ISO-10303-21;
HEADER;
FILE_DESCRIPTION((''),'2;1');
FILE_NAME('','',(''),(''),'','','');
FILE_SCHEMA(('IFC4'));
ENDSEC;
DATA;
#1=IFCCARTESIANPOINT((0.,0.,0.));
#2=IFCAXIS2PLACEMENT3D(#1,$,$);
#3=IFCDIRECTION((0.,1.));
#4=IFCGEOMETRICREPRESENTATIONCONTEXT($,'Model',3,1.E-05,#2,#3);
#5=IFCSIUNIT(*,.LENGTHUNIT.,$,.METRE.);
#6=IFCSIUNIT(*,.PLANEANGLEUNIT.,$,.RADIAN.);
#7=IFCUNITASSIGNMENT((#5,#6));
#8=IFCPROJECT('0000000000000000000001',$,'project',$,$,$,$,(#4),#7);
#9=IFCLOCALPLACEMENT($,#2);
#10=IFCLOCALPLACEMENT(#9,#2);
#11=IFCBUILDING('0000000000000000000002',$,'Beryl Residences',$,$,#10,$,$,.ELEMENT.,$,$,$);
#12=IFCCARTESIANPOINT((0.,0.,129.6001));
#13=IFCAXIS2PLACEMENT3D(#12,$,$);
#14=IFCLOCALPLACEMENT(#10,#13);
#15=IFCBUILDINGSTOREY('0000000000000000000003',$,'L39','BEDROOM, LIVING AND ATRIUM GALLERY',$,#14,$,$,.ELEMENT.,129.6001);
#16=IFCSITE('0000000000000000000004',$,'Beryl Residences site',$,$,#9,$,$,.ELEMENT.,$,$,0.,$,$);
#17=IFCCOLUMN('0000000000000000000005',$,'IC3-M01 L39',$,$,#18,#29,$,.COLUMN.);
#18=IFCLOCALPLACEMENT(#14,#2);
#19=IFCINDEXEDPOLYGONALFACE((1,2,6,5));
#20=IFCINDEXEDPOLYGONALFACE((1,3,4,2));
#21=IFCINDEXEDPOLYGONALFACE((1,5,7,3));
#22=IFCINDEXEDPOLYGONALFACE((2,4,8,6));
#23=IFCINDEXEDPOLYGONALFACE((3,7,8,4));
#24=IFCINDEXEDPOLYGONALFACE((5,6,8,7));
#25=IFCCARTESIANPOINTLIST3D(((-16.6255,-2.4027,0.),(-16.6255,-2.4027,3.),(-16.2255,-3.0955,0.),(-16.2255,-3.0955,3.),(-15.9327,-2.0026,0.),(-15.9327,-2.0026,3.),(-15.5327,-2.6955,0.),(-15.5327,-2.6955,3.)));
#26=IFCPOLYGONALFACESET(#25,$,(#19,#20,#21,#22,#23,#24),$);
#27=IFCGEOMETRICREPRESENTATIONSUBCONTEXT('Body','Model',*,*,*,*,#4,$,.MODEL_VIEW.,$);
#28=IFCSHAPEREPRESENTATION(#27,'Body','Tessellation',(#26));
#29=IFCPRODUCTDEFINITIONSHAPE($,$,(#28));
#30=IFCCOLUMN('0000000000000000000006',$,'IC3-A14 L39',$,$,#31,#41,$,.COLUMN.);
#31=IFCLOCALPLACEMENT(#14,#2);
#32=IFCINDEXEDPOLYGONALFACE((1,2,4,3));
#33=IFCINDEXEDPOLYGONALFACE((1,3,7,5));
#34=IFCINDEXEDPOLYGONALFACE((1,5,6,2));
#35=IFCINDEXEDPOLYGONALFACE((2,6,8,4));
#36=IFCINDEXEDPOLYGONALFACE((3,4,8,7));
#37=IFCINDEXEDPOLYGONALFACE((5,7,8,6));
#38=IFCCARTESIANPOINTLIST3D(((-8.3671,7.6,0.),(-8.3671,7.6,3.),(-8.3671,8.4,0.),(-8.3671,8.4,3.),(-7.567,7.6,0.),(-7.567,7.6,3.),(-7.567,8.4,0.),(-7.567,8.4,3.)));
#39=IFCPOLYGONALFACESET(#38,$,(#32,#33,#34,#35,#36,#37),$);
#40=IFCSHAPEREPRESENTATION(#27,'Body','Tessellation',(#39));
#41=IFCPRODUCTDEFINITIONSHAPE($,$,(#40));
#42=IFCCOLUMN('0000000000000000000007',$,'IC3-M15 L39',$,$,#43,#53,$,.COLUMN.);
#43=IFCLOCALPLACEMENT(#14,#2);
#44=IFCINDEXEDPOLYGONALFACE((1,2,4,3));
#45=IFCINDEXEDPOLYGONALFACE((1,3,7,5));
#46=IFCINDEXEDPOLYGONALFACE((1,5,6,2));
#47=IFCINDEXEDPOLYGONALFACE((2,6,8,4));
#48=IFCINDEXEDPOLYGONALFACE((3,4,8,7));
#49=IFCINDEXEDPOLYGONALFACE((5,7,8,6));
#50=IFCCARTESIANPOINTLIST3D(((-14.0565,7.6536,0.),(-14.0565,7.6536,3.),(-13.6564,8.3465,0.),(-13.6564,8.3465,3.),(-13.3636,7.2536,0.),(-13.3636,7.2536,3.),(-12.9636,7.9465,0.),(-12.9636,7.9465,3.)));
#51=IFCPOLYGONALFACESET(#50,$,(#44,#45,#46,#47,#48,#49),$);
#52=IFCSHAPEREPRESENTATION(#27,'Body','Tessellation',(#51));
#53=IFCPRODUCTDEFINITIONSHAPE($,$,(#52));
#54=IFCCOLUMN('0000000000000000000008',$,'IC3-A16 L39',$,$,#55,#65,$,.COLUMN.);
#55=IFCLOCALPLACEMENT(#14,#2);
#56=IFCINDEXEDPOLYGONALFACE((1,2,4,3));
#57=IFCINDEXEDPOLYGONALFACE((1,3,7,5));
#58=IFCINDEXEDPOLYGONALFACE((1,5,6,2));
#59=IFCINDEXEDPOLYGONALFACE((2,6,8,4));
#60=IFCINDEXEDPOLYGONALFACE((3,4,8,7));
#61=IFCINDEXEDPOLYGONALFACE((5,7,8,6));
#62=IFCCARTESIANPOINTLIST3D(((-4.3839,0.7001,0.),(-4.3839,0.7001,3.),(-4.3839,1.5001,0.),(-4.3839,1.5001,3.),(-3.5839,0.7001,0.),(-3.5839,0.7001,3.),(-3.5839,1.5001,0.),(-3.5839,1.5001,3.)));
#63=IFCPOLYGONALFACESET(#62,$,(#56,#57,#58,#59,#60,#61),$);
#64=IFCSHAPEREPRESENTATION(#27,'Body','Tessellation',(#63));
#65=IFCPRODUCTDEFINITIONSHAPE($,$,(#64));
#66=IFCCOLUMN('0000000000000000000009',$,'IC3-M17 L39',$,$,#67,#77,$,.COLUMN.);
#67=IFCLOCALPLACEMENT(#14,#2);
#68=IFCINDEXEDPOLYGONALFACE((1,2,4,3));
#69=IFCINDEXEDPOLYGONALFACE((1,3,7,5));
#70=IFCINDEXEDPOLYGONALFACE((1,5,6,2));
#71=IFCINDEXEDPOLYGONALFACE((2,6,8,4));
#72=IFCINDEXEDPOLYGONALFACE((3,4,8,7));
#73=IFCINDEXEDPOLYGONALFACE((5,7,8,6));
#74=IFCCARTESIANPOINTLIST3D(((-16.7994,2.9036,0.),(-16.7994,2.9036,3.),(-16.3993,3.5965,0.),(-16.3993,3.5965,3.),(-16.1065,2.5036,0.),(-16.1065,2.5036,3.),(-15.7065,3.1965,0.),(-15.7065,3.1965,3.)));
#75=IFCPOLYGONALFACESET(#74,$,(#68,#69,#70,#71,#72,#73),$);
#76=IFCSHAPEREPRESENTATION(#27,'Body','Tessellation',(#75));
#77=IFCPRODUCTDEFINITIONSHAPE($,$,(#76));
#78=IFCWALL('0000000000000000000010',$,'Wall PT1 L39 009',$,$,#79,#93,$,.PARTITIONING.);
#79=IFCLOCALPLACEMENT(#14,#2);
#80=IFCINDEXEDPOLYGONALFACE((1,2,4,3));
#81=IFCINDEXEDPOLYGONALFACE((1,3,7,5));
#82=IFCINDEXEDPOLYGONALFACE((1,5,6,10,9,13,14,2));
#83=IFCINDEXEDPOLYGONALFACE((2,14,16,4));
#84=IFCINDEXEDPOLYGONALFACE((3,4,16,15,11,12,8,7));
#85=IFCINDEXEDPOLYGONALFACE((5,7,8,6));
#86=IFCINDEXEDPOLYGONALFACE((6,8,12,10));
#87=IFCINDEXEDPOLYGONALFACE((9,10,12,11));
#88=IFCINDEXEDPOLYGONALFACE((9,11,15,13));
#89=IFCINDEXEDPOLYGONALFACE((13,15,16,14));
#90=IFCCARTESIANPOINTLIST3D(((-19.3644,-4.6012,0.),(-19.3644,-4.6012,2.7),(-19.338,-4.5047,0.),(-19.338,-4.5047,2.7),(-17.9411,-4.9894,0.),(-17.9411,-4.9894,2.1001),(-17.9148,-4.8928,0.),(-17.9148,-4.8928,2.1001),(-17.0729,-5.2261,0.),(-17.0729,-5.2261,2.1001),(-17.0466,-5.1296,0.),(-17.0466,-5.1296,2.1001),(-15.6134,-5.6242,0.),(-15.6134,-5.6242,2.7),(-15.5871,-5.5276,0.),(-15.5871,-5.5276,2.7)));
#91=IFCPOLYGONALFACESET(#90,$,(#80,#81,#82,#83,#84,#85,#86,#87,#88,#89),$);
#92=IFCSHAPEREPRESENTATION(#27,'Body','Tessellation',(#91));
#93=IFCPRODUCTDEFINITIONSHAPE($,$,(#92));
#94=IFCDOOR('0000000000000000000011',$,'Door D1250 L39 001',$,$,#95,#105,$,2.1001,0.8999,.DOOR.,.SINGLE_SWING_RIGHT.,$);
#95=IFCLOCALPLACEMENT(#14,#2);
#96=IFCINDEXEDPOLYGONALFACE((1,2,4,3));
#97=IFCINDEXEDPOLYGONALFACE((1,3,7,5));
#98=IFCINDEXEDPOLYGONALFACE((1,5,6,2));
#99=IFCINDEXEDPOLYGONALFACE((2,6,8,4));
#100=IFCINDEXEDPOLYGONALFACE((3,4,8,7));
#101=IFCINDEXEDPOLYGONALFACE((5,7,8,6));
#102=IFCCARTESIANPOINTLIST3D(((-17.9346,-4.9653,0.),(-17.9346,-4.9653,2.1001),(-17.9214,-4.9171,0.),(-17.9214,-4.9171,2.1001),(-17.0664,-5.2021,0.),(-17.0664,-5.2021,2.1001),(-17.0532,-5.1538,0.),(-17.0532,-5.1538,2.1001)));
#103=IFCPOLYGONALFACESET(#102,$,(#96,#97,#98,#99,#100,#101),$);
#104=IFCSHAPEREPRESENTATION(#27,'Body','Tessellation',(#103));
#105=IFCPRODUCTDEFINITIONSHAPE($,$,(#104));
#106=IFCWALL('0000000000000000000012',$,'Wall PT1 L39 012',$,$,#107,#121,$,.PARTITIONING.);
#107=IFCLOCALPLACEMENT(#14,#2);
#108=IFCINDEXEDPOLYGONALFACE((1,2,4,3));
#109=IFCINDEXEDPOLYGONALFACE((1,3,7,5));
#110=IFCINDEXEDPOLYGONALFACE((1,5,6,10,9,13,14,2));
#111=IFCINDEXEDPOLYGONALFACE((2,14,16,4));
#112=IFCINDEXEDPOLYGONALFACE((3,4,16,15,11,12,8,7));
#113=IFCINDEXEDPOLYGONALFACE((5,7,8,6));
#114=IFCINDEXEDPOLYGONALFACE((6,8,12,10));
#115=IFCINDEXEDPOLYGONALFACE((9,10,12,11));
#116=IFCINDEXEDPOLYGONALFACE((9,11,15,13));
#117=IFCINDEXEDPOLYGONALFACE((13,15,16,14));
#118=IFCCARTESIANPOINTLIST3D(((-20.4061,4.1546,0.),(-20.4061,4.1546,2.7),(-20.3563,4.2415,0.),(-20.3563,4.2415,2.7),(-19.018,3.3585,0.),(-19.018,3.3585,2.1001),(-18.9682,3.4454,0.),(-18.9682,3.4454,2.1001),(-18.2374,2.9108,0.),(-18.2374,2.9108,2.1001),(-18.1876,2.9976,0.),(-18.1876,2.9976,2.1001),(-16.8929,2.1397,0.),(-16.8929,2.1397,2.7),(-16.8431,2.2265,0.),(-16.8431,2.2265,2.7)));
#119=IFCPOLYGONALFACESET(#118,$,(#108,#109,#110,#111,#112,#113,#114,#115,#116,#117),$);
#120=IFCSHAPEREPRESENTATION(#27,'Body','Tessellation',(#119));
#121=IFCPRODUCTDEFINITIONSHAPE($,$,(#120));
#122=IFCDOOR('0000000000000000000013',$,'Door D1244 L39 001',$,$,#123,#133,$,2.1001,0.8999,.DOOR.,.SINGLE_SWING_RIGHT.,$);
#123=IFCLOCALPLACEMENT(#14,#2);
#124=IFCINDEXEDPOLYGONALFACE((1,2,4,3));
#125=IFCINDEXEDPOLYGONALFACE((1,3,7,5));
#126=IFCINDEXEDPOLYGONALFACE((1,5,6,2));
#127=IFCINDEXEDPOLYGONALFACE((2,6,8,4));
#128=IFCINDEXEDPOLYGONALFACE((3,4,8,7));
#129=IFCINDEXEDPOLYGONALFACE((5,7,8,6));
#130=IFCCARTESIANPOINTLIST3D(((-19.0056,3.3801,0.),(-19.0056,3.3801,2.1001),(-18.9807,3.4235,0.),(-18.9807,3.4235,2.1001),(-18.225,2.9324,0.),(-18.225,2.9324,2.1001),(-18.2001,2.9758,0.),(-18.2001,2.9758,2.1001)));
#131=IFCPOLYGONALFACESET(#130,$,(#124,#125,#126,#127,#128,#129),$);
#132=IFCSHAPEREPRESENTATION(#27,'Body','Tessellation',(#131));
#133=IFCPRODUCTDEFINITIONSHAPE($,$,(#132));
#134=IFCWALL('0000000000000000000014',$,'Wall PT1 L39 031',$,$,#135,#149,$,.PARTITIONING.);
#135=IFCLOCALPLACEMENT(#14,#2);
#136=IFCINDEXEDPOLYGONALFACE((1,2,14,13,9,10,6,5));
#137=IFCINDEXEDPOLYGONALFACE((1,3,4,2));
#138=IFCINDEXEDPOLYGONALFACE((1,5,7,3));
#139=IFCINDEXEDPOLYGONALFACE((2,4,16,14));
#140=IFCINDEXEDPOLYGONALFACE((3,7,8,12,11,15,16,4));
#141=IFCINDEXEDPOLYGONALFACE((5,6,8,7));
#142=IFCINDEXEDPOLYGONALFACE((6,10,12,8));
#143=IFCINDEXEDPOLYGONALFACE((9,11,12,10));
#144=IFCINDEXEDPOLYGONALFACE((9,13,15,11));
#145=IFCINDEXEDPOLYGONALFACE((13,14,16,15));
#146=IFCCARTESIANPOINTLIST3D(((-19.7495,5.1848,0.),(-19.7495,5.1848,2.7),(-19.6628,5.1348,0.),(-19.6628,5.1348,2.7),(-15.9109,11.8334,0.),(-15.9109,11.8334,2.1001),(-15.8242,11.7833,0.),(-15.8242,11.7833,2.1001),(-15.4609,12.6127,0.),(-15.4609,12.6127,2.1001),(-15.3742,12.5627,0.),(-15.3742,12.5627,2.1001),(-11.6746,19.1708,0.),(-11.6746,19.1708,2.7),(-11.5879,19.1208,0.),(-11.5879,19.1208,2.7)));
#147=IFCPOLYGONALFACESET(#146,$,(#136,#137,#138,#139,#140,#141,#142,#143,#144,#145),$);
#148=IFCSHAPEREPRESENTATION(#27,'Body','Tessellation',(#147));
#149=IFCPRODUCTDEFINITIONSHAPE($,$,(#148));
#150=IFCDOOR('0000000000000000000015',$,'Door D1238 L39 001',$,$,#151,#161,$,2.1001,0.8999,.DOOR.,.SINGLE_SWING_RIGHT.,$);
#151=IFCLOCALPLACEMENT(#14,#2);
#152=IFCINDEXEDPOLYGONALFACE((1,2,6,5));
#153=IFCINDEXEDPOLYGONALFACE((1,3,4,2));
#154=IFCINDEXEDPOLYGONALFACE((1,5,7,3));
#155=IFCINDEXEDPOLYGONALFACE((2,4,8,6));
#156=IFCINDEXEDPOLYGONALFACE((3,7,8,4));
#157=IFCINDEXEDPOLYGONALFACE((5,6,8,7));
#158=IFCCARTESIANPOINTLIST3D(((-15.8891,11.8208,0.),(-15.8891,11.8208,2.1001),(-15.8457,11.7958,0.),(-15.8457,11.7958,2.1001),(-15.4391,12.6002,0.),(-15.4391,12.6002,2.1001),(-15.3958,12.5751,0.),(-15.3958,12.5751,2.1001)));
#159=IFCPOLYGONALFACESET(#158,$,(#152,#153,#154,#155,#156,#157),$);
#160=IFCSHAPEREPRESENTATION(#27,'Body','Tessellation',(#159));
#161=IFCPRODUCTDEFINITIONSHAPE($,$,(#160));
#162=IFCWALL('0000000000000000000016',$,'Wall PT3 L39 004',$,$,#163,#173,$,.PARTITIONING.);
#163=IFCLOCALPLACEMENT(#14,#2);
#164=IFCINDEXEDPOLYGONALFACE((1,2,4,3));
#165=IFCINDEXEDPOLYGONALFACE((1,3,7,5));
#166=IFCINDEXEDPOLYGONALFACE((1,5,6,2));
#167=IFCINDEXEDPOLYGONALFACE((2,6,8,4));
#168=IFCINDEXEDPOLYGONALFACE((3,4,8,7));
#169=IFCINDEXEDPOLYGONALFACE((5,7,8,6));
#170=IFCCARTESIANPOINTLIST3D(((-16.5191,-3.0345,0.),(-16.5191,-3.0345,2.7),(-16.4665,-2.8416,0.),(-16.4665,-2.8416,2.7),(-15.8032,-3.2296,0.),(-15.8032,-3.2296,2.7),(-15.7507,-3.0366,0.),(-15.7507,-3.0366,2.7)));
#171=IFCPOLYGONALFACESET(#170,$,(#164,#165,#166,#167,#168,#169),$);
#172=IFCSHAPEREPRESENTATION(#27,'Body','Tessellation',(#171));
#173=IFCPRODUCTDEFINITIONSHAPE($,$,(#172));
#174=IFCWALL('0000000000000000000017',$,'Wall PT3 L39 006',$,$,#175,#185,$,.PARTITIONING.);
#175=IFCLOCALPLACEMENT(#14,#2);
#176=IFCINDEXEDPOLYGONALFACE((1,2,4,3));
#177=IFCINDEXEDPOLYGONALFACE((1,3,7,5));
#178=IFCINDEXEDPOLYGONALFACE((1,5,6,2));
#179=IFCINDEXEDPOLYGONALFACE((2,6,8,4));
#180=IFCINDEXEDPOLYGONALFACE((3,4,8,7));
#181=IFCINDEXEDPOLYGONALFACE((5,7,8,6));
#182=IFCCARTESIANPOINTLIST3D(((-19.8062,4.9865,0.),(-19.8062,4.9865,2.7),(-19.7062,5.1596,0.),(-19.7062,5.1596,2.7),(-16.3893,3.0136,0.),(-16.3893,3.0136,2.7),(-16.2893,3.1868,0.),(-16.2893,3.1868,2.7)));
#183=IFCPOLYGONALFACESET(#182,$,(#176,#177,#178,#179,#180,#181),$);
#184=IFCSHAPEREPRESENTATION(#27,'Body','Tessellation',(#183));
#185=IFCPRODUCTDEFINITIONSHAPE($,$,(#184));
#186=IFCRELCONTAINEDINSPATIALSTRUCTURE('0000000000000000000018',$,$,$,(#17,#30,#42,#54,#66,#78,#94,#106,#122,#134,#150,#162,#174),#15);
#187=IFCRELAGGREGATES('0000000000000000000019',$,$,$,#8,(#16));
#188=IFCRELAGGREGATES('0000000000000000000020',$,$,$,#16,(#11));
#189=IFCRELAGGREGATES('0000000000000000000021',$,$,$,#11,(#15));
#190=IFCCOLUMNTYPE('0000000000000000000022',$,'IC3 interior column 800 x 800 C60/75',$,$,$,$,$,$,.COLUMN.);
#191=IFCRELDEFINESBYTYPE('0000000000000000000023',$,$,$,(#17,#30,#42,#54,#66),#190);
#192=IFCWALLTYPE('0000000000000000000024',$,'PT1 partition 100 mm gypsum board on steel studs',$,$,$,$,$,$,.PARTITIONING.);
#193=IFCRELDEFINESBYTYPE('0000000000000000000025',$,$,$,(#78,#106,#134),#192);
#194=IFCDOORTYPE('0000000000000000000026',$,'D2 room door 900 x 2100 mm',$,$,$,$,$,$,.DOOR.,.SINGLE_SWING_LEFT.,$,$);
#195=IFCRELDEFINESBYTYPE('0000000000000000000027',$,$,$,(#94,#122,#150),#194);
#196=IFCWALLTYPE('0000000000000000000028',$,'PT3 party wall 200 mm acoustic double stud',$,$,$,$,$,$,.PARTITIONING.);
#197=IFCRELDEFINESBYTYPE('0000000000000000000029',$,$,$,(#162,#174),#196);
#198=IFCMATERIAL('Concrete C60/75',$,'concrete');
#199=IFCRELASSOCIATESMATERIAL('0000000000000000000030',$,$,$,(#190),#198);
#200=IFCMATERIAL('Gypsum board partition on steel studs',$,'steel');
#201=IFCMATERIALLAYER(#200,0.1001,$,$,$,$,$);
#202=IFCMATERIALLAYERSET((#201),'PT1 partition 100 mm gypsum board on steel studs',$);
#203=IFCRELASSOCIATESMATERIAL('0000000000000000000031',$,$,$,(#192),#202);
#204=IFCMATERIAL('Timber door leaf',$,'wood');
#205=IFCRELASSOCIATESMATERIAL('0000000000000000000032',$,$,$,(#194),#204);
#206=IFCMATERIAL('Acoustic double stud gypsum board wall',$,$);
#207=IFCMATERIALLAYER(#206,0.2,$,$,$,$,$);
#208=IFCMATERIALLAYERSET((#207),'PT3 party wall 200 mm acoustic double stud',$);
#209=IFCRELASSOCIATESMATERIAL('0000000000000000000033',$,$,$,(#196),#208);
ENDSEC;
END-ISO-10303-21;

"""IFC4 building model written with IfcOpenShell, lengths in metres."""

from ifc_helpers import new_model, si_unit, direction, frame, frame_2d, origin, origin_2d, place, context, subcontext, project, spatial, rectangle, extrude, material, layer, layer_set, material_profile, profile_set, type_object, element, fill, save


model = new_model("IFC4")

# Units and contexts
model_context = context("Model", 3, precision=1e-05, world=origin(), true_north=direction((0.0, 1.0)))
body_context = subcontext(model_context, "Body", "Model", "MODEL_VIEW")
ifc_project = project(units=[si_unit("LENGTHUNIT", "METRE"), si_unit("PLANEANGLEUNIT", "RADIAN")], contexts=[model_context])

# Site, building, storey
site_placement = place(None, origin())
site = spatial("IfcSite", under=ifc_project, at=site_placement, Name="Beryl Residences site", CompositionType="ELEMENT", RefElevation=0.0)
building_placement = place(site_placement, origin())
building = spatial("IfcBuilding", under=site, at=building_placement, Name="Beryl Residences", CompositionType="ELEMENT")
storey_placement = place(building_placement, frame((0.0, 0.0, 129.6001)))
storey = spatial("IfcBuildingStorey", under=building, at=storey_placement, Name="L39", Description="BEDROOM, LIVING AND ATRIUM GALLERY", CompositionType="ELEMENT", Elevation=129.6001)

# Columns
ifc_material_1 = material(Name="Concrete C60/75", Category="concrete")
ifc_material_profile = material_profile(ifc_material_1, rectangle(XDim=0.8, YDim=0.8, at=origin_2d()))
ifc_profile_set = profile_set([ifc_material_profile], Name="Concrete C60/75")
column_type = type_object("IfcColumnType", Name="IC3 interior column 800 x 800 C60/75", PredefinedType="COLUMN", material=ifc_profile_set)
for number, where, z_axis, x_axis, name in (
    (1, (-16.0791, -2.5491, 0.0), (0.0, 0.0, 1.0), (0.5, -0.866025, 0.0), "IC3-M01 L39"),
    (2, (-7.967, 8.0, 0.0), (0.0, 0.0, 1.0), (1.0, 0.0, 0.0), "IC3-A14 L39"),
    (3, (-13.51, 7.8, 0.0), (0.0, 0.0, 1.0), (-0.5, -0.866025, 0.0), "IC3-M15 L39"),
    (4, (-3.9839, 1.1001, 0.0), (0.0, 0.0, 1.0), (1.0, 0.0, 0.0), "IC3-A16 L39"),
    (5, (-16.2529, 3.05, 0.0), (0.0, 0.0, 1.0), (-0.5, -0.866025, 0.0), "IC3-M17 L39"),
):
    element("IfcColumn", number, at=place(storey_placement, frame(where, z_axis=z_axis, x_axis=x_axis)), inside=storey, type_object=column_type, Name=name, PredefinedType="COLUMN", context=body_context, shape_type="SweptSolid", body=[
        extrude(rectangle(XDim=0.8, YDim=0.8, at=origin_2d()), origin(), (0.0, 0.0, 1.0), 3.0),
    ])

# Walls, openings, doors
ifc_material_2 = material(Name="Gypsum board partition on steel studs", Category="steel")
ifc_layer_1 = layer(ifc_material_2, 0.1001)
ifc_layer_set_1 = layer_set([ifc_layer_1], Name="PT1 partition 100 mm gypsum board on steel studs")
wall_type_1 = type_object("IfcWallType", Name="PT1 partition 100 mm gypsum board on steel studs", PredefinedType="PARTITIONING", material=ifc_layer_set_1)
wall_1_placement = place(storey_placement, frame((-19.3511, -4.553, 0.0), z_axis=(0.0, 0.0, 1.0), x_axis=(0.964767, -0.263107, 0.0)))
wall_1 = element("IfcWall", 6, at=wall_1_placement, inside=storey, type_object=wall_type_1, Name="Wall PT1 L39 009", PredefinedType="PARTITIONING", context=body_context, shape_type="SweptSolid", body=[
    extrude(rectangle(XDim=3.8879, YDim=0.1001, at=frame_2d((1.9438, 0.0))), origin(), (0.0, 0.0, 1.0), 2.7),
])
opening_1_placement = place(wall_1_placement, frame((1.4751, 0.0, 0.0)))
opening_1 = element("IfcOpeningElement", 7, at=opening_1_placement, cuts=wall_1, PredefinedType="OPENING", context=body_context, shape_type="SweptSolid", body=[
    extrude(rectangle(XDim=0.8999, YDim=2.1001, at=frame_2d((0.45, 1.05))), frame((0.0, 0.0601, 0.0), z_axis=(0.0, -1.0, 0.0), x_axis=(1.0, 0.0, 0.0)), (0.0, 0.0, 1.0), 0.1201),
])
ifc_material_3 = material(Name="Timber door leaf", Category="wood")
door_type_1 = type_object("IfcDoorType", Name="D2 room door 900 x 2100 mm", OperationType="SINGLE_SWING_LEFT", PredefinedType="DOOR", material=ifc_material_3)
door_1_placement = place(opening_1_placement, origin())
door_1 = element("IfcDoor", 8, at=door_1_placement, inside=storey, type_object=door_type_1, Name="Door D1250 L39 001", OperationType="SINGLE_SWING_RIGHT", OverallHeight=2.1001, OverallWidth=0.8999, PredefinedType="DOOR", context=body_context, shape_type="SweptSolid", body=[
    extrude(rectangle(XDim=0.8999, YDim=2.1001, at=frame_2d((0.45, 1.05))), frame((0.0, 0.0249, 0.0), z_axis=(0.0, -1.0, 0.0), x_axis=(1.0, 0.0, 0.0)), (0.0, 0.0, 1.0), 0.05),
])
fill(opening_1, door_1)
wall_2_placement = place(storey_placement, frame((-20.3811, 4.198, 0.0), z_axis=(0.0, 0.0, 1.0), x_axis=(0.867459, -0.497508, 0.0)))
wall_2 = element("IfcWall", 9, at=wall_2_placement, inside=storey, type_object=wall_type_1, Name="Wall PT1 L39 012", PredefinedType="PARTITIONING", context=body_context, shape_type="SweptSolid", body=[
    extrude(rectangle(XDim=4.05, YDim=0.1001, at=frame_2d((2.0249, 0.0))), origin(), (0.0, 0.0, 1.0), 2.7),
])
opening_2_placement = place(wall_2_placement, frame((1.6001, 0.0, 0.0)))
opening_2 = element("IfcOpeningElement", 10, at=opening_2_placement, cuts=wall_2, PredefinedType="OPENING", context=body_context, shape_type="SweptSolid", body=[
    extrude(rectangle(XDim=0.8999, YDim=2.1001, at=frame_2d((0.45, 1.05))), frame((0.0, 0.0601, 0.0), z_axis=(0.0, -1.0, 0.0), x_axis=(1.0, 0.0, 0.0)), (0.0, 0.0, 1.0), 0.1201),
])
door_2_placement = place(opening_2_placement, origin())
door_2 = element("IfcDoor", 11, at=door_2_placement, inside=storey, type_object=door_type_1, Name="Door D1244 L39 001", OperationType="SINGLE_SWING_RIGHT", OverallHeight=2.1001, OverallWidth=0.8999, PredefinedType="DOOR", context=body_context, shape_type="SweptSolid", body=[
    extrude(rectangle(XDim=0.8999, YDim=2.1001, at=frame_2d((0.45, 1.05))), frame((0.0, 0.0249, 0.0), z_axis=(0.0, -1.0, 0.0), x_axis=(1.0, 0.0, 0.0)), (0.0, 0.0, 1.0), 0.05),
])
fill(opening_2, door_2)
wall_3_placement = place(storey_placement, frame((-19.7061, 5.1599, 0.0), z_axis=(0.0, 0.0, 1.0), x_axis=(0.500004, 0.866023, 0.0)))
wall_3 = element("IfcWall", 12, at=wall_3_placement, inside=storey, type_object=wall_type_1, Name="Wall PT1 L39 031", PredefinedType="PARTITIONING", context=body_context, shape_type="SweptSolid", body=[
    extrude(rectangle(XDim=16.1497, YDim=0.1001, at=frame_2d((8.0747, 0.0))), origin(), (0.0, 0.0, 1.0), 2.7),
])
opening_3_placement = place(wall_3_placement, frame((7.677, 0.0, 0.0)))
opening_3 = element("IfcOpeningElement", 13, at=opening_3_placement, cuts=wall_3, PredefinedType="OPENING", context=body_context, shape_type="SweptSolid", body=[
    extrude(rectangle(XDim=0.8999, YDim=2.1001, at=frame_2d((0.45, 1.05))), frame((0.0, 0.0601, 0.0), z_axis=(0.0, -1.0, 0.0), x_axis=(1.0, 0.0, 0.0)), (0.0, 0.0, 1.0), 0.1201),
])
door_3_placement = place(opening_3_placement, origin())
door_3 = element("IfcDoor", 14, at=door_3_placement, inside=storey, type_object=door_type_1, Name="Door D1238 L39 001", OperationType="SINGLE_SWING_RIGHT", OverallHeight=2.1001, OverallWidth=0.8999, PredefinedType="DOOR", context=body_context, shape_type="SweptSolid", body=[
    extrude(rectangle(XDim=0.8999, YDim=2.1001, at=frame_2d((0.45, 1.05))), frame((0.0, 0.0249, 0.0), z_axis=(0.0, -1.0, 0.0), x_axis=(1.0, 0.0, 0.0)), (0.0, 0.0, 1.0), 0.05),
])
fill(opening_3, door_3)

# Walls
ifc_material_4 = material(Name="Acoustic double stud gypsum board wall")
ifc_layer_2 = layer(ifc_material_4, 0.2)
ifc_layer_set_2 = layer_set([ifc_layer_2], Name="PT3 party wall 200 mm acoustic double stud")
wall_type_2 = type_object("IfcWallType", Name="PT3 party wall 200 mm acoustic double stud", PredefinedType="PARTITIONING", material=ifc_layer_set_2)
wall_4_placement = place(storey_placement, frame((-16.4929, -2.938, 0.0), z_axis=(0.0, 0.0, 1.0), x_axis=(0.964817, -0.262922, 0.0)))
element("IfcWall", 15, at=wall_4_placement, inside=storey, type_object=wall_type_2, Name="Wall PT3 L39 004", PredefinedType="PARTITIONING", context=body_context, shape_type="SweptSolid", body=[
    extrude(rectangle(XDim=0.7419, YDim=0.2, at=frame_2d((0.3711, 0.0))), origin(), (0.0, 0.0, 1.0), 2.7),
])
wall_5_placement = place(storey_placement, frame((-19.7561, 5.073, 0.0), z_axis=(0.0, 0.0, 1.0), x_axis=(0.866015, -0.500019, 0.0)))
element("IfcWall", 16, at=wall_5_placement, inside=storey, type_object=wall_type_2, Name="Wall PT3 L39 006", PredefinedType="PARTITIONING", context=body_context, shape_type="SweptSolid", body=[
    extrude(rectangle(XDim=3.9456, YDim=0.2, at=frame_2d((1.9727, 0.0))), origin(), (0.0, 0.0, 1.0), 2.7),
])

save(model, "model.ifc")
